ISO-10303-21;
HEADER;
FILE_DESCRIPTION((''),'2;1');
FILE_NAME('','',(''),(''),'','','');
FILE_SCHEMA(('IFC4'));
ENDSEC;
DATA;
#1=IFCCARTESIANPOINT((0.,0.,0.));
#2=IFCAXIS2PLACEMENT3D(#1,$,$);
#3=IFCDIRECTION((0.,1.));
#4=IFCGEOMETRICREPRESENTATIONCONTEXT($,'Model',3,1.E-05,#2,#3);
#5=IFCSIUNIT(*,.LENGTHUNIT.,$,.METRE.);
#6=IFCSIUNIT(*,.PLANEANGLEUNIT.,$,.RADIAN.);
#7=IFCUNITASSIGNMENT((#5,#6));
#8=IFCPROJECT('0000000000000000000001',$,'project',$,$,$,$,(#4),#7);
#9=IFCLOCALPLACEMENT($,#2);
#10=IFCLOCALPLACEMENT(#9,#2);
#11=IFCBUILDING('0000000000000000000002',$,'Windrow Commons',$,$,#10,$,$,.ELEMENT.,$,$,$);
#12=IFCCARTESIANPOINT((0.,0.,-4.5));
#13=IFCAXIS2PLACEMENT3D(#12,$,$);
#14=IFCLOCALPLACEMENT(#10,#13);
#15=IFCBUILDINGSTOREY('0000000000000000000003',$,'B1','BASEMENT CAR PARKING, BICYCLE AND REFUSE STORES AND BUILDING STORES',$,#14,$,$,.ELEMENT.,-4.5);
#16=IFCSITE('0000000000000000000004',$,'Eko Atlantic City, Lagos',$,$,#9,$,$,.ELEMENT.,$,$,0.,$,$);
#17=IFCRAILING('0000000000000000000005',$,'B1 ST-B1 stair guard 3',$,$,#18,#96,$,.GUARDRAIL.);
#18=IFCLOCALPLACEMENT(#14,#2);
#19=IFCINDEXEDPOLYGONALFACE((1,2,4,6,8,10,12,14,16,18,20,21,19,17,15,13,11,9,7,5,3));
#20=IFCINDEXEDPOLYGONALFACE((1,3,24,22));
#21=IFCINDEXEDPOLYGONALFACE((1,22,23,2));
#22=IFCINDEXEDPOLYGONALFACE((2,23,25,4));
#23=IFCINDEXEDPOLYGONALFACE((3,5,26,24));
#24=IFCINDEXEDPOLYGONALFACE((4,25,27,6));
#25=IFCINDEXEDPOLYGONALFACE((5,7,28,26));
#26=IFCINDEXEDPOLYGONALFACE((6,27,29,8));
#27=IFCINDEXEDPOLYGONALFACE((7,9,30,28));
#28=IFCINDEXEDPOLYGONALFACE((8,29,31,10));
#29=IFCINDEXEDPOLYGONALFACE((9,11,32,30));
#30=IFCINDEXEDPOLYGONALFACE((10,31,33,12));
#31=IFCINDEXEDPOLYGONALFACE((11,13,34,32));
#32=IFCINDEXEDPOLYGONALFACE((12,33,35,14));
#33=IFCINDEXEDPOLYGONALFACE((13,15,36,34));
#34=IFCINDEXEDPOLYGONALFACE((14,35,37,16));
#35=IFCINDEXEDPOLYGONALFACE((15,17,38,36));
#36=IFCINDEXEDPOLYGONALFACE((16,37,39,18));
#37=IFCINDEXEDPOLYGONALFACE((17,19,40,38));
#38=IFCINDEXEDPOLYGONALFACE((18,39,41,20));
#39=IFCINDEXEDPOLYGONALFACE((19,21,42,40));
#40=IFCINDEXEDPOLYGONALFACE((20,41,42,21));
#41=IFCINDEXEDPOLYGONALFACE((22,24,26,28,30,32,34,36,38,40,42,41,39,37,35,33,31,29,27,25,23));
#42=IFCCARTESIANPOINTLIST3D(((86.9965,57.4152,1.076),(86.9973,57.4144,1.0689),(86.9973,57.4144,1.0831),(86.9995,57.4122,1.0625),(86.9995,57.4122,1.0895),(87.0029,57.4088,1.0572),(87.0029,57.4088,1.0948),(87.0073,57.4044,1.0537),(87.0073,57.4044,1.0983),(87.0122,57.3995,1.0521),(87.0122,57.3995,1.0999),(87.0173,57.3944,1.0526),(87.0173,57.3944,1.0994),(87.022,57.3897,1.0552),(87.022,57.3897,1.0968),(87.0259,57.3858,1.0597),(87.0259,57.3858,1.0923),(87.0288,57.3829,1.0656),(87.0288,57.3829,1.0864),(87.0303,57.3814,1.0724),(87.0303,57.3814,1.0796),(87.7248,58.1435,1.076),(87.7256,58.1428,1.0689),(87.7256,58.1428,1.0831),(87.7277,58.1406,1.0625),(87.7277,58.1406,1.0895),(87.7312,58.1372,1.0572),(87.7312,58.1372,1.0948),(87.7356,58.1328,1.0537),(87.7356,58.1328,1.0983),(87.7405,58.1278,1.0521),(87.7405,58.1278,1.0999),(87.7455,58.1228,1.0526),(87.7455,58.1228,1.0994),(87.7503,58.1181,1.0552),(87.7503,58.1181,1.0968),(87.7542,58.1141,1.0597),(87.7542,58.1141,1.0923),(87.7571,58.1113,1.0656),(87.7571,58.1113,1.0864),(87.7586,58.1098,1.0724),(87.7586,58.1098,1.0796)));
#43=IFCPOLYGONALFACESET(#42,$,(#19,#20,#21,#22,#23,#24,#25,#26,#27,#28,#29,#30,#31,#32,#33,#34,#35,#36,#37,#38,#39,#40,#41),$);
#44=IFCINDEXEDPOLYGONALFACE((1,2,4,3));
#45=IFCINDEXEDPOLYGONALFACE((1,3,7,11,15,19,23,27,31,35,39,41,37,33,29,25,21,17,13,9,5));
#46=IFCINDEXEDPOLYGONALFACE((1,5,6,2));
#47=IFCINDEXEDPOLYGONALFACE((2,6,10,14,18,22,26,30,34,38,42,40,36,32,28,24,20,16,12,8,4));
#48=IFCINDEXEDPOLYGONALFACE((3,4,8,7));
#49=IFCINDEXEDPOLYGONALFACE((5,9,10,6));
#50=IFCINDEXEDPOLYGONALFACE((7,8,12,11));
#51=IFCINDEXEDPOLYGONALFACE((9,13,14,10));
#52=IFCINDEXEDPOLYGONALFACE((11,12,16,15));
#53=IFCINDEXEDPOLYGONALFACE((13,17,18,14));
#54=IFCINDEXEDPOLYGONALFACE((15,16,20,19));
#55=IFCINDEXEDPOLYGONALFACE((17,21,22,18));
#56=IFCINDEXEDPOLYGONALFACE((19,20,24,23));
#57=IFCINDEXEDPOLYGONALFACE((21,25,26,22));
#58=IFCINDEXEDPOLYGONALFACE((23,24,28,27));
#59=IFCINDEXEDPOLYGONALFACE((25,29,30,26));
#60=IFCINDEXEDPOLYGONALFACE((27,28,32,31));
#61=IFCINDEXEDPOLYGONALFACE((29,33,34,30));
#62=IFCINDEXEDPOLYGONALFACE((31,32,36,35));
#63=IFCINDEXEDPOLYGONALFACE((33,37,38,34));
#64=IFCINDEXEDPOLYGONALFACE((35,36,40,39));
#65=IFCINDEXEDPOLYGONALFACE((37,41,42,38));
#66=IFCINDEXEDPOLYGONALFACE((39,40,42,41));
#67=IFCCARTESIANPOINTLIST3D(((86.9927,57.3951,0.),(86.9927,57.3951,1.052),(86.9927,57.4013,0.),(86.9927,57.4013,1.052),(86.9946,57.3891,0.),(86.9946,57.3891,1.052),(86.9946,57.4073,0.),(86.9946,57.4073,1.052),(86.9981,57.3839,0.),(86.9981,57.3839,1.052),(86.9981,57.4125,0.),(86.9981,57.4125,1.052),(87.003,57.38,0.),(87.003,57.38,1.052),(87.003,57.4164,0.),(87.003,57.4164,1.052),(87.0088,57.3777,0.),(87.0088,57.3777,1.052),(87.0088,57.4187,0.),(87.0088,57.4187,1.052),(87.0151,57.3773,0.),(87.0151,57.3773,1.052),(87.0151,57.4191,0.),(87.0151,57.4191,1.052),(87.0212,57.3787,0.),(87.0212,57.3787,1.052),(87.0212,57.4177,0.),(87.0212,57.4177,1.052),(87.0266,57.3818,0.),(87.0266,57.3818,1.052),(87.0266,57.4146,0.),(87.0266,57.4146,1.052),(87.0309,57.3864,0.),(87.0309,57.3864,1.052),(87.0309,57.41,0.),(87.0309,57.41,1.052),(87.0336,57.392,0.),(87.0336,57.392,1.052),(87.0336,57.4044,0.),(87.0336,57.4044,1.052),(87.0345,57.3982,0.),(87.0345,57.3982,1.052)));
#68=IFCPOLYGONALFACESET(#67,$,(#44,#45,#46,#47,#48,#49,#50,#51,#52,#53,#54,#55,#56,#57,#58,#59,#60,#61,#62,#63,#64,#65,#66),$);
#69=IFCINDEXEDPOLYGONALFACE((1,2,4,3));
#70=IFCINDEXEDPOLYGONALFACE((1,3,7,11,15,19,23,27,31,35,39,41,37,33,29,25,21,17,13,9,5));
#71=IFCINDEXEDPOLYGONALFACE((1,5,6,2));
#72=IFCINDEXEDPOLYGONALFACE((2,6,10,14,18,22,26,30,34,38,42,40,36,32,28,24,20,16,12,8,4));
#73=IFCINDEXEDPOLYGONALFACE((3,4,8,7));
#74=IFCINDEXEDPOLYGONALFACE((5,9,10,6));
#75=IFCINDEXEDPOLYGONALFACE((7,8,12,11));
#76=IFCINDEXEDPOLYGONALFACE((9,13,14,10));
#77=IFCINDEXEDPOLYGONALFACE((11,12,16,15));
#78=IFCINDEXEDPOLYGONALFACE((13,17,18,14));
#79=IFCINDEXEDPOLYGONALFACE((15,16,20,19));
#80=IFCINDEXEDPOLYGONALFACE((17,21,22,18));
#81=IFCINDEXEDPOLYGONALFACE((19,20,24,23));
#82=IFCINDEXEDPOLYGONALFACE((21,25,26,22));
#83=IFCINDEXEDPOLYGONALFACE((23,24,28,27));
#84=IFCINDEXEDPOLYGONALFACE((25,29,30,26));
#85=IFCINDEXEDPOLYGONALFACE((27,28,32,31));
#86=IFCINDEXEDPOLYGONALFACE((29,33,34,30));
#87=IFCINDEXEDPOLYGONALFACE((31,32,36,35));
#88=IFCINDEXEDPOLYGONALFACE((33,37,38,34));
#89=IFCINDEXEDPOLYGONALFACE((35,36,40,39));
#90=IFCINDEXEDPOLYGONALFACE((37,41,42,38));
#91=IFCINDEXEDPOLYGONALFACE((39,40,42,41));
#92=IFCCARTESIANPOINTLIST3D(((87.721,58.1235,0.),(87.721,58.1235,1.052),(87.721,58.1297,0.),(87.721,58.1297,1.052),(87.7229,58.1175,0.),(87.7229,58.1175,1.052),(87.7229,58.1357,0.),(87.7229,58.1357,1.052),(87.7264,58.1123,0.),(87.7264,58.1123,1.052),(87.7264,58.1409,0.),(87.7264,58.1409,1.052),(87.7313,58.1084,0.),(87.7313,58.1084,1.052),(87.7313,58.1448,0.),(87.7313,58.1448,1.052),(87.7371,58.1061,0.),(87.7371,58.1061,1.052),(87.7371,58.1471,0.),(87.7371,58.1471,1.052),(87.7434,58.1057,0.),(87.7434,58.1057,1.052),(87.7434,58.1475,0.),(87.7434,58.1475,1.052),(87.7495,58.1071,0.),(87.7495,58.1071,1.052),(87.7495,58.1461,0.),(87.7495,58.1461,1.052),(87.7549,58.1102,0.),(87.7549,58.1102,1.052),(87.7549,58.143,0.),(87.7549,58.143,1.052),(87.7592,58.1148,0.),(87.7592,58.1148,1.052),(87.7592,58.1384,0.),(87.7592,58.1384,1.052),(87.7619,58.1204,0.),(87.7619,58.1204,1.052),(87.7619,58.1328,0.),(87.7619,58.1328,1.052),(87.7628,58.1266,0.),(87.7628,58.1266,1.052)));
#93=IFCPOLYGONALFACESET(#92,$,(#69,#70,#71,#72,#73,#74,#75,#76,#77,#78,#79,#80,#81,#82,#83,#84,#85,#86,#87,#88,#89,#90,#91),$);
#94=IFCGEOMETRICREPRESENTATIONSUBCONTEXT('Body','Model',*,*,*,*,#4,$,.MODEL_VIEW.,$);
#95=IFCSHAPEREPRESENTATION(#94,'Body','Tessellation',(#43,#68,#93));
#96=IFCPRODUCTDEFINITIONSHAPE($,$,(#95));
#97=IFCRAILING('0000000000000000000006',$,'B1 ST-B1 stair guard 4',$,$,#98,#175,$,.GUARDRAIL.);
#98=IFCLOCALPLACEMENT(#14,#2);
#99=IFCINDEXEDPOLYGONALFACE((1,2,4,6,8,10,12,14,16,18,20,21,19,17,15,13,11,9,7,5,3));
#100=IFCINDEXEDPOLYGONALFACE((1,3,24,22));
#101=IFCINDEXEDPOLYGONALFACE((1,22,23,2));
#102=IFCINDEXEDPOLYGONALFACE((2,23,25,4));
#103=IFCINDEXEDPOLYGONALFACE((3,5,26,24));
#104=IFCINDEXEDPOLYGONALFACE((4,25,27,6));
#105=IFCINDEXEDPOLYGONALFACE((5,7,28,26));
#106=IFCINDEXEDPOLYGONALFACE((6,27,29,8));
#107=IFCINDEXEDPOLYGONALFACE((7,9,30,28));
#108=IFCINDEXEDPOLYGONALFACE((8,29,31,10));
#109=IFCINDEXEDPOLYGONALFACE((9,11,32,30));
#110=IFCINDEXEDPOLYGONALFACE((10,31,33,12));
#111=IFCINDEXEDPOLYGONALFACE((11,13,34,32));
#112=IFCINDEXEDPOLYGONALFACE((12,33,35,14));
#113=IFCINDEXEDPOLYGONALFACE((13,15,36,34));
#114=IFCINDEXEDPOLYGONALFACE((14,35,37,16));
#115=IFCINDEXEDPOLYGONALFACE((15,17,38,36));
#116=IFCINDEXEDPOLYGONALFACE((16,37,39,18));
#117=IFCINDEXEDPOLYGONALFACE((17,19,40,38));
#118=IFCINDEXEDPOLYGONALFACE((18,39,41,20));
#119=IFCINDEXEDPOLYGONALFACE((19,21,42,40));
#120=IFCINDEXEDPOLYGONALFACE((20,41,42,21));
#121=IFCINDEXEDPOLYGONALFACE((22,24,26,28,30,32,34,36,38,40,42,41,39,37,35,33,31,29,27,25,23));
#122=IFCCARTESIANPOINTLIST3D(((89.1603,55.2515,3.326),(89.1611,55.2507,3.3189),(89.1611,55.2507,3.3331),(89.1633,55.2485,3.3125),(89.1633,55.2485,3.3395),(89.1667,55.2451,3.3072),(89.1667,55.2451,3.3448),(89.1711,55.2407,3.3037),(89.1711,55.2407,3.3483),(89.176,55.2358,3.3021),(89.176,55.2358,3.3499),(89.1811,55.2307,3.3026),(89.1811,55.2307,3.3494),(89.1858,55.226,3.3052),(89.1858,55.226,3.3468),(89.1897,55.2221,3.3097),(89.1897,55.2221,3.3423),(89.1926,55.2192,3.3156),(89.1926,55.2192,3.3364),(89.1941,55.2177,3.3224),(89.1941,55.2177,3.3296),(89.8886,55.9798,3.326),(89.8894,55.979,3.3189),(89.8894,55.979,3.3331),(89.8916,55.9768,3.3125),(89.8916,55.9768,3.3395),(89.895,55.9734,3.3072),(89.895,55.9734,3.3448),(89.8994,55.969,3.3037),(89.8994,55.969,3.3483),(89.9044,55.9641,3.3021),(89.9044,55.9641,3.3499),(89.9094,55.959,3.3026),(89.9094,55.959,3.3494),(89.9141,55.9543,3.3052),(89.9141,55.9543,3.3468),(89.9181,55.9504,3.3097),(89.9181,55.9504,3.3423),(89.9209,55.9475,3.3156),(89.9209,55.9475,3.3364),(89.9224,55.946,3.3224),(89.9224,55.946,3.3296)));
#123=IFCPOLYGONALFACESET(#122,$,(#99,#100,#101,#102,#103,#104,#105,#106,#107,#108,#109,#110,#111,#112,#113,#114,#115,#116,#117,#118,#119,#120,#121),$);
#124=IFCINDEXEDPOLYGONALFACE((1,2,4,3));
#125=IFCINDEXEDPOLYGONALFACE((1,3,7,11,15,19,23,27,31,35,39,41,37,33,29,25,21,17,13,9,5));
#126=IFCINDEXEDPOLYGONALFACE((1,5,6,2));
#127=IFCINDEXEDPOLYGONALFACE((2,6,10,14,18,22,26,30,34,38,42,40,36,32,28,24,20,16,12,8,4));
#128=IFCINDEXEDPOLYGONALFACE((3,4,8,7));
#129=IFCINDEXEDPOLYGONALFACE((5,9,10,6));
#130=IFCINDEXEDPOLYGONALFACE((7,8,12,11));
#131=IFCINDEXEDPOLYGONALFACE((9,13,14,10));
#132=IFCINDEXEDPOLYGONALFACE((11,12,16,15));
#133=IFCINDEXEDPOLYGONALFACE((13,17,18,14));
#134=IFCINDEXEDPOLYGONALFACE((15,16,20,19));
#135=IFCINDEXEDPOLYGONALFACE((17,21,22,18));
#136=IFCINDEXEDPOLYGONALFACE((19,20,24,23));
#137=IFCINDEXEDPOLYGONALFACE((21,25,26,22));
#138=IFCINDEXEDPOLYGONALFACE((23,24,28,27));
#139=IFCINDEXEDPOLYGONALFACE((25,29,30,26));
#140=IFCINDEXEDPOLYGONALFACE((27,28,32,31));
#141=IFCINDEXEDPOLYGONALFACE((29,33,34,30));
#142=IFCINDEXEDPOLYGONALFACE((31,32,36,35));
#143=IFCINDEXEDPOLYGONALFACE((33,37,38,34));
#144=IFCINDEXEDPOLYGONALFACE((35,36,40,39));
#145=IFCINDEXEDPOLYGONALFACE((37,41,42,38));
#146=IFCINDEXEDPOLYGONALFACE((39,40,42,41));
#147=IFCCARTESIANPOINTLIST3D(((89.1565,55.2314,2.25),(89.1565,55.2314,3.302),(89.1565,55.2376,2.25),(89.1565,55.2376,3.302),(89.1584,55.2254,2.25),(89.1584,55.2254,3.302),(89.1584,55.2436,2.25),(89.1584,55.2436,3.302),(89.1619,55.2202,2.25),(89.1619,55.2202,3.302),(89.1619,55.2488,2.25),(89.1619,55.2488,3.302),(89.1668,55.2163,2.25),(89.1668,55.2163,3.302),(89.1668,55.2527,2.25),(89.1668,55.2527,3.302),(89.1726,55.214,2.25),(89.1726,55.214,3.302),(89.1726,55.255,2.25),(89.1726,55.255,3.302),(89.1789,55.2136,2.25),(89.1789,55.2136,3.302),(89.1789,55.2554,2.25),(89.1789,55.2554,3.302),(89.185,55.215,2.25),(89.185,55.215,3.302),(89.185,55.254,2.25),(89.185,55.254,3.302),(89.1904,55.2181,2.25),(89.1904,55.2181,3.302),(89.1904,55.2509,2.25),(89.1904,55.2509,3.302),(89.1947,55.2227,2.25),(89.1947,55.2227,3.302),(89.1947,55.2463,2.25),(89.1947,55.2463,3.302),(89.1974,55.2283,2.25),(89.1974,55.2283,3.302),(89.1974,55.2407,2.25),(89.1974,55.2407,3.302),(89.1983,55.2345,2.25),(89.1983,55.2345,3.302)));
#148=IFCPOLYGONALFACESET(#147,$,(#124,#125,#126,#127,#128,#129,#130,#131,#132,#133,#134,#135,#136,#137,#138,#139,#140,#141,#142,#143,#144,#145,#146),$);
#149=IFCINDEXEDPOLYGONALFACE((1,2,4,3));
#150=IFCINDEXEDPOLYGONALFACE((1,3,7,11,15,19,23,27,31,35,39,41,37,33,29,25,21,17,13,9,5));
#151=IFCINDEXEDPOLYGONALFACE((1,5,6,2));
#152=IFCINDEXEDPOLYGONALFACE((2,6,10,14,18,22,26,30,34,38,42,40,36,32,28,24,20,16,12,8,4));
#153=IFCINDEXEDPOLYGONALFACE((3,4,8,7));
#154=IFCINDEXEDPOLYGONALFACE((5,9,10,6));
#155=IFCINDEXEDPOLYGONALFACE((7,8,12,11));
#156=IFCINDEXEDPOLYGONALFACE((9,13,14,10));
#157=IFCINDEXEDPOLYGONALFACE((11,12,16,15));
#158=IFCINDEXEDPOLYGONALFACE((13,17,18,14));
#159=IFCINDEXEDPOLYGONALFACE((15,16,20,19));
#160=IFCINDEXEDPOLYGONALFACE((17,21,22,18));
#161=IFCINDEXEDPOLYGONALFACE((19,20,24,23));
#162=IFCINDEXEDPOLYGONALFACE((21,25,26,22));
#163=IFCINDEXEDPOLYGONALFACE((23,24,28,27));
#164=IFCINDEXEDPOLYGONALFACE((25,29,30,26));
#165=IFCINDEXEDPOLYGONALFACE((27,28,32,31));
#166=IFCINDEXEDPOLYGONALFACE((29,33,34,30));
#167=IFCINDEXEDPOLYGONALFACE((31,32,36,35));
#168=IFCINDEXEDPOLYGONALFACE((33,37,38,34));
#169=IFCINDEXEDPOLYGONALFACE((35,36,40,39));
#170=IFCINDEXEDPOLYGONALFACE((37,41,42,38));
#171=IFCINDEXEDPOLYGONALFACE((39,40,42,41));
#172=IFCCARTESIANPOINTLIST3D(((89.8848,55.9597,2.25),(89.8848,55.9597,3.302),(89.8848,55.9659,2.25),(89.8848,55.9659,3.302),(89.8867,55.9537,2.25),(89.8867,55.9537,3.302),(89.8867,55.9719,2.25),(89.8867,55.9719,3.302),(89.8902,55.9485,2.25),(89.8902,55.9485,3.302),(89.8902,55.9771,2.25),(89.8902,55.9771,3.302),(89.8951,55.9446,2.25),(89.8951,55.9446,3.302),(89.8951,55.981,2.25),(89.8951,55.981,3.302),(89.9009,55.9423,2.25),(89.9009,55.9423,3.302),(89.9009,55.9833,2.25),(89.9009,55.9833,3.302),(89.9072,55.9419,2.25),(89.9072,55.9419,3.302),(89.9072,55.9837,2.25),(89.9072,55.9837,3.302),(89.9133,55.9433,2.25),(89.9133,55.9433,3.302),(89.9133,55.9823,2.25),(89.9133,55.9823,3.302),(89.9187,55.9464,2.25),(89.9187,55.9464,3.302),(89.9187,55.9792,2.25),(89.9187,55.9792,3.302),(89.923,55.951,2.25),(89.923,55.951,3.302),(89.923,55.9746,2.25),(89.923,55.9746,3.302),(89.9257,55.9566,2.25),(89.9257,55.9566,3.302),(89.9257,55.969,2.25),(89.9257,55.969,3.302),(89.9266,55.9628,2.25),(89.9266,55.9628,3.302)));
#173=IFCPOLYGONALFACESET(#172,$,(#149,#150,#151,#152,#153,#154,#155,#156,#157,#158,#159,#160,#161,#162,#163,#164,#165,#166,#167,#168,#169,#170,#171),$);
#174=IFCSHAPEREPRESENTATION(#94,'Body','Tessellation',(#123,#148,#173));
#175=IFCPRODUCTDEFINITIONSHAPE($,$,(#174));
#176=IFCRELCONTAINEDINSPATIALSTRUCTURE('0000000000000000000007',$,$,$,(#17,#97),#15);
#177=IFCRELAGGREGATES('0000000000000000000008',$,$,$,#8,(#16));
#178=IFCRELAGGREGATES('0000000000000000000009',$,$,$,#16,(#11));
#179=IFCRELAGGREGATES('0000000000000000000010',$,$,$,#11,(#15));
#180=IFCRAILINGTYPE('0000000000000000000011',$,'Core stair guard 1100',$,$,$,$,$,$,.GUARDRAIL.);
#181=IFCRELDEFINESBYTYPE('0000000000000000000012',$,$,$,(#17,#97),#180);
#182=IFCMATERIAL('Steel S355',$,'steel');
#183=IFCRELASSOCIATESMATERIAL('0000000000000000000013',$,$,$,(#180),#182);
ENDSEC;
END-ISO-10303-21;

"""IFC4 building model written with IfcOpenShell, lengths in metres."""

from ifc_helpers import new_model, si_unit, direction, frame, origin, origin_2d, place, context, subcontext, project, spatial, circle, extrude, material, type_object, element, save


model = new_model("IFC4")

# Units and contexts
model_context = context("Model", 3, precision=1e-05, world=origin(), true_north=direction((0.0, 1.0)))
body_context = subcontext(model_context, "Body", "Model", "MODEL_VIEW")
ifc_project = project(units=[si_unit("LENGTHUNIT", "METRE"), si_unit("PLANEANGLEUNIT", "RADIAN")], contexts=[model_context])

# Site, building, storey
site_placement = place(None, origin())
site = spatial("IfcSite", under=ifc_project, at=site_placement, Name="Eko Atlantic City, Lagos", CompositionType="ELEMENT", RefElevation=0.0)
building_placement = place(site_placement, origin())
building = spatial("IfcBuilding", under=site, at=building_placement, Name="Windrow Commons", CompositionType="ELEMENT")
storey_placement = place(building_placement, frame((0.0, 0.0, -4.5)))
storey = spatial("IfcBuildingStorey", under=building, at=storey_placement, Name="B1", Description="BASEMENT CAR PARKING, BICYCLE AND REFUSE STORES AND BUILDING STORES", CompositionType="ELEMENT", Elevation=-4.5)

# Railings
ifc_material_1 = material(Name="Steel S355", Category="steel")
railing_type_1 = type_object("IfcRailingType", Name="Core stair guard 1100", PredefinedType="GUARDRAIL", material=ifc_material_1)
railing_1_placement = place(storey_placement, frame((87.0135, 57.3982, 0.0)))
element("IfcRailing", 1, at=railing_1_placement, inside=storey, type_object=railing_type_1, Name="B1 ST-B1 stair guard 3", PredefinedType="GUARDRAIL", context=body_context, shape_type="SweptSolid", body=[
    extrude(circle(Radius=0.024, at=origin_2d()), frame((0.0, 0.0, 1.076), z_axis=(0.707058, 0.707155, 0.0), x_axis=(-0.707155, 0.707058, 0.0)), (0.0, 0.0, 1.0), 1.03),
    extrude(circle(Radius=0.021, at=origin_2d()), origin(), (0.0, 0.0, 1.0), 1.052),
    extrude(circle(Radius=0.021, at=origin_2d()), frame((0.7283, 0.7284, 0.0)), (0.0, 0.0, 1.0), 1.052),
])
railing_2_placement = place(storey_placement, frame((89.1773, 55.2345, 2.25)))
element("IfcRailing", 2, at=railing_2_placement, inside=storey, type_object=railing_type_1, Name="B1 ST-B1 stair guard 4", PredefinedType="GUARDRAIL", context=body_context, shape_type="SweptSolid", body=[
    extrude(circle(Radius=0.024, at=origin_2d()), frame((0.0, 0.0, 1.076), z_axis=(0.707107, 0.707107, 0.0), x_axis=(-0.707107, 0.707107, 0.0)), (0.0, 0.0, 1.0), 1.03),
    extrude(circle(Radius=0.021, at=origin_2d()), origin(), (0.0, 0.0, 1.0), 1.052),
    extrude(circle(Radius=0.021, at=origin_2d()), frame((0.7283, 0.7283, 0.0)), (0.0, 0.0, 1.0), 1.052),
])

save(model, "model.ifc")
